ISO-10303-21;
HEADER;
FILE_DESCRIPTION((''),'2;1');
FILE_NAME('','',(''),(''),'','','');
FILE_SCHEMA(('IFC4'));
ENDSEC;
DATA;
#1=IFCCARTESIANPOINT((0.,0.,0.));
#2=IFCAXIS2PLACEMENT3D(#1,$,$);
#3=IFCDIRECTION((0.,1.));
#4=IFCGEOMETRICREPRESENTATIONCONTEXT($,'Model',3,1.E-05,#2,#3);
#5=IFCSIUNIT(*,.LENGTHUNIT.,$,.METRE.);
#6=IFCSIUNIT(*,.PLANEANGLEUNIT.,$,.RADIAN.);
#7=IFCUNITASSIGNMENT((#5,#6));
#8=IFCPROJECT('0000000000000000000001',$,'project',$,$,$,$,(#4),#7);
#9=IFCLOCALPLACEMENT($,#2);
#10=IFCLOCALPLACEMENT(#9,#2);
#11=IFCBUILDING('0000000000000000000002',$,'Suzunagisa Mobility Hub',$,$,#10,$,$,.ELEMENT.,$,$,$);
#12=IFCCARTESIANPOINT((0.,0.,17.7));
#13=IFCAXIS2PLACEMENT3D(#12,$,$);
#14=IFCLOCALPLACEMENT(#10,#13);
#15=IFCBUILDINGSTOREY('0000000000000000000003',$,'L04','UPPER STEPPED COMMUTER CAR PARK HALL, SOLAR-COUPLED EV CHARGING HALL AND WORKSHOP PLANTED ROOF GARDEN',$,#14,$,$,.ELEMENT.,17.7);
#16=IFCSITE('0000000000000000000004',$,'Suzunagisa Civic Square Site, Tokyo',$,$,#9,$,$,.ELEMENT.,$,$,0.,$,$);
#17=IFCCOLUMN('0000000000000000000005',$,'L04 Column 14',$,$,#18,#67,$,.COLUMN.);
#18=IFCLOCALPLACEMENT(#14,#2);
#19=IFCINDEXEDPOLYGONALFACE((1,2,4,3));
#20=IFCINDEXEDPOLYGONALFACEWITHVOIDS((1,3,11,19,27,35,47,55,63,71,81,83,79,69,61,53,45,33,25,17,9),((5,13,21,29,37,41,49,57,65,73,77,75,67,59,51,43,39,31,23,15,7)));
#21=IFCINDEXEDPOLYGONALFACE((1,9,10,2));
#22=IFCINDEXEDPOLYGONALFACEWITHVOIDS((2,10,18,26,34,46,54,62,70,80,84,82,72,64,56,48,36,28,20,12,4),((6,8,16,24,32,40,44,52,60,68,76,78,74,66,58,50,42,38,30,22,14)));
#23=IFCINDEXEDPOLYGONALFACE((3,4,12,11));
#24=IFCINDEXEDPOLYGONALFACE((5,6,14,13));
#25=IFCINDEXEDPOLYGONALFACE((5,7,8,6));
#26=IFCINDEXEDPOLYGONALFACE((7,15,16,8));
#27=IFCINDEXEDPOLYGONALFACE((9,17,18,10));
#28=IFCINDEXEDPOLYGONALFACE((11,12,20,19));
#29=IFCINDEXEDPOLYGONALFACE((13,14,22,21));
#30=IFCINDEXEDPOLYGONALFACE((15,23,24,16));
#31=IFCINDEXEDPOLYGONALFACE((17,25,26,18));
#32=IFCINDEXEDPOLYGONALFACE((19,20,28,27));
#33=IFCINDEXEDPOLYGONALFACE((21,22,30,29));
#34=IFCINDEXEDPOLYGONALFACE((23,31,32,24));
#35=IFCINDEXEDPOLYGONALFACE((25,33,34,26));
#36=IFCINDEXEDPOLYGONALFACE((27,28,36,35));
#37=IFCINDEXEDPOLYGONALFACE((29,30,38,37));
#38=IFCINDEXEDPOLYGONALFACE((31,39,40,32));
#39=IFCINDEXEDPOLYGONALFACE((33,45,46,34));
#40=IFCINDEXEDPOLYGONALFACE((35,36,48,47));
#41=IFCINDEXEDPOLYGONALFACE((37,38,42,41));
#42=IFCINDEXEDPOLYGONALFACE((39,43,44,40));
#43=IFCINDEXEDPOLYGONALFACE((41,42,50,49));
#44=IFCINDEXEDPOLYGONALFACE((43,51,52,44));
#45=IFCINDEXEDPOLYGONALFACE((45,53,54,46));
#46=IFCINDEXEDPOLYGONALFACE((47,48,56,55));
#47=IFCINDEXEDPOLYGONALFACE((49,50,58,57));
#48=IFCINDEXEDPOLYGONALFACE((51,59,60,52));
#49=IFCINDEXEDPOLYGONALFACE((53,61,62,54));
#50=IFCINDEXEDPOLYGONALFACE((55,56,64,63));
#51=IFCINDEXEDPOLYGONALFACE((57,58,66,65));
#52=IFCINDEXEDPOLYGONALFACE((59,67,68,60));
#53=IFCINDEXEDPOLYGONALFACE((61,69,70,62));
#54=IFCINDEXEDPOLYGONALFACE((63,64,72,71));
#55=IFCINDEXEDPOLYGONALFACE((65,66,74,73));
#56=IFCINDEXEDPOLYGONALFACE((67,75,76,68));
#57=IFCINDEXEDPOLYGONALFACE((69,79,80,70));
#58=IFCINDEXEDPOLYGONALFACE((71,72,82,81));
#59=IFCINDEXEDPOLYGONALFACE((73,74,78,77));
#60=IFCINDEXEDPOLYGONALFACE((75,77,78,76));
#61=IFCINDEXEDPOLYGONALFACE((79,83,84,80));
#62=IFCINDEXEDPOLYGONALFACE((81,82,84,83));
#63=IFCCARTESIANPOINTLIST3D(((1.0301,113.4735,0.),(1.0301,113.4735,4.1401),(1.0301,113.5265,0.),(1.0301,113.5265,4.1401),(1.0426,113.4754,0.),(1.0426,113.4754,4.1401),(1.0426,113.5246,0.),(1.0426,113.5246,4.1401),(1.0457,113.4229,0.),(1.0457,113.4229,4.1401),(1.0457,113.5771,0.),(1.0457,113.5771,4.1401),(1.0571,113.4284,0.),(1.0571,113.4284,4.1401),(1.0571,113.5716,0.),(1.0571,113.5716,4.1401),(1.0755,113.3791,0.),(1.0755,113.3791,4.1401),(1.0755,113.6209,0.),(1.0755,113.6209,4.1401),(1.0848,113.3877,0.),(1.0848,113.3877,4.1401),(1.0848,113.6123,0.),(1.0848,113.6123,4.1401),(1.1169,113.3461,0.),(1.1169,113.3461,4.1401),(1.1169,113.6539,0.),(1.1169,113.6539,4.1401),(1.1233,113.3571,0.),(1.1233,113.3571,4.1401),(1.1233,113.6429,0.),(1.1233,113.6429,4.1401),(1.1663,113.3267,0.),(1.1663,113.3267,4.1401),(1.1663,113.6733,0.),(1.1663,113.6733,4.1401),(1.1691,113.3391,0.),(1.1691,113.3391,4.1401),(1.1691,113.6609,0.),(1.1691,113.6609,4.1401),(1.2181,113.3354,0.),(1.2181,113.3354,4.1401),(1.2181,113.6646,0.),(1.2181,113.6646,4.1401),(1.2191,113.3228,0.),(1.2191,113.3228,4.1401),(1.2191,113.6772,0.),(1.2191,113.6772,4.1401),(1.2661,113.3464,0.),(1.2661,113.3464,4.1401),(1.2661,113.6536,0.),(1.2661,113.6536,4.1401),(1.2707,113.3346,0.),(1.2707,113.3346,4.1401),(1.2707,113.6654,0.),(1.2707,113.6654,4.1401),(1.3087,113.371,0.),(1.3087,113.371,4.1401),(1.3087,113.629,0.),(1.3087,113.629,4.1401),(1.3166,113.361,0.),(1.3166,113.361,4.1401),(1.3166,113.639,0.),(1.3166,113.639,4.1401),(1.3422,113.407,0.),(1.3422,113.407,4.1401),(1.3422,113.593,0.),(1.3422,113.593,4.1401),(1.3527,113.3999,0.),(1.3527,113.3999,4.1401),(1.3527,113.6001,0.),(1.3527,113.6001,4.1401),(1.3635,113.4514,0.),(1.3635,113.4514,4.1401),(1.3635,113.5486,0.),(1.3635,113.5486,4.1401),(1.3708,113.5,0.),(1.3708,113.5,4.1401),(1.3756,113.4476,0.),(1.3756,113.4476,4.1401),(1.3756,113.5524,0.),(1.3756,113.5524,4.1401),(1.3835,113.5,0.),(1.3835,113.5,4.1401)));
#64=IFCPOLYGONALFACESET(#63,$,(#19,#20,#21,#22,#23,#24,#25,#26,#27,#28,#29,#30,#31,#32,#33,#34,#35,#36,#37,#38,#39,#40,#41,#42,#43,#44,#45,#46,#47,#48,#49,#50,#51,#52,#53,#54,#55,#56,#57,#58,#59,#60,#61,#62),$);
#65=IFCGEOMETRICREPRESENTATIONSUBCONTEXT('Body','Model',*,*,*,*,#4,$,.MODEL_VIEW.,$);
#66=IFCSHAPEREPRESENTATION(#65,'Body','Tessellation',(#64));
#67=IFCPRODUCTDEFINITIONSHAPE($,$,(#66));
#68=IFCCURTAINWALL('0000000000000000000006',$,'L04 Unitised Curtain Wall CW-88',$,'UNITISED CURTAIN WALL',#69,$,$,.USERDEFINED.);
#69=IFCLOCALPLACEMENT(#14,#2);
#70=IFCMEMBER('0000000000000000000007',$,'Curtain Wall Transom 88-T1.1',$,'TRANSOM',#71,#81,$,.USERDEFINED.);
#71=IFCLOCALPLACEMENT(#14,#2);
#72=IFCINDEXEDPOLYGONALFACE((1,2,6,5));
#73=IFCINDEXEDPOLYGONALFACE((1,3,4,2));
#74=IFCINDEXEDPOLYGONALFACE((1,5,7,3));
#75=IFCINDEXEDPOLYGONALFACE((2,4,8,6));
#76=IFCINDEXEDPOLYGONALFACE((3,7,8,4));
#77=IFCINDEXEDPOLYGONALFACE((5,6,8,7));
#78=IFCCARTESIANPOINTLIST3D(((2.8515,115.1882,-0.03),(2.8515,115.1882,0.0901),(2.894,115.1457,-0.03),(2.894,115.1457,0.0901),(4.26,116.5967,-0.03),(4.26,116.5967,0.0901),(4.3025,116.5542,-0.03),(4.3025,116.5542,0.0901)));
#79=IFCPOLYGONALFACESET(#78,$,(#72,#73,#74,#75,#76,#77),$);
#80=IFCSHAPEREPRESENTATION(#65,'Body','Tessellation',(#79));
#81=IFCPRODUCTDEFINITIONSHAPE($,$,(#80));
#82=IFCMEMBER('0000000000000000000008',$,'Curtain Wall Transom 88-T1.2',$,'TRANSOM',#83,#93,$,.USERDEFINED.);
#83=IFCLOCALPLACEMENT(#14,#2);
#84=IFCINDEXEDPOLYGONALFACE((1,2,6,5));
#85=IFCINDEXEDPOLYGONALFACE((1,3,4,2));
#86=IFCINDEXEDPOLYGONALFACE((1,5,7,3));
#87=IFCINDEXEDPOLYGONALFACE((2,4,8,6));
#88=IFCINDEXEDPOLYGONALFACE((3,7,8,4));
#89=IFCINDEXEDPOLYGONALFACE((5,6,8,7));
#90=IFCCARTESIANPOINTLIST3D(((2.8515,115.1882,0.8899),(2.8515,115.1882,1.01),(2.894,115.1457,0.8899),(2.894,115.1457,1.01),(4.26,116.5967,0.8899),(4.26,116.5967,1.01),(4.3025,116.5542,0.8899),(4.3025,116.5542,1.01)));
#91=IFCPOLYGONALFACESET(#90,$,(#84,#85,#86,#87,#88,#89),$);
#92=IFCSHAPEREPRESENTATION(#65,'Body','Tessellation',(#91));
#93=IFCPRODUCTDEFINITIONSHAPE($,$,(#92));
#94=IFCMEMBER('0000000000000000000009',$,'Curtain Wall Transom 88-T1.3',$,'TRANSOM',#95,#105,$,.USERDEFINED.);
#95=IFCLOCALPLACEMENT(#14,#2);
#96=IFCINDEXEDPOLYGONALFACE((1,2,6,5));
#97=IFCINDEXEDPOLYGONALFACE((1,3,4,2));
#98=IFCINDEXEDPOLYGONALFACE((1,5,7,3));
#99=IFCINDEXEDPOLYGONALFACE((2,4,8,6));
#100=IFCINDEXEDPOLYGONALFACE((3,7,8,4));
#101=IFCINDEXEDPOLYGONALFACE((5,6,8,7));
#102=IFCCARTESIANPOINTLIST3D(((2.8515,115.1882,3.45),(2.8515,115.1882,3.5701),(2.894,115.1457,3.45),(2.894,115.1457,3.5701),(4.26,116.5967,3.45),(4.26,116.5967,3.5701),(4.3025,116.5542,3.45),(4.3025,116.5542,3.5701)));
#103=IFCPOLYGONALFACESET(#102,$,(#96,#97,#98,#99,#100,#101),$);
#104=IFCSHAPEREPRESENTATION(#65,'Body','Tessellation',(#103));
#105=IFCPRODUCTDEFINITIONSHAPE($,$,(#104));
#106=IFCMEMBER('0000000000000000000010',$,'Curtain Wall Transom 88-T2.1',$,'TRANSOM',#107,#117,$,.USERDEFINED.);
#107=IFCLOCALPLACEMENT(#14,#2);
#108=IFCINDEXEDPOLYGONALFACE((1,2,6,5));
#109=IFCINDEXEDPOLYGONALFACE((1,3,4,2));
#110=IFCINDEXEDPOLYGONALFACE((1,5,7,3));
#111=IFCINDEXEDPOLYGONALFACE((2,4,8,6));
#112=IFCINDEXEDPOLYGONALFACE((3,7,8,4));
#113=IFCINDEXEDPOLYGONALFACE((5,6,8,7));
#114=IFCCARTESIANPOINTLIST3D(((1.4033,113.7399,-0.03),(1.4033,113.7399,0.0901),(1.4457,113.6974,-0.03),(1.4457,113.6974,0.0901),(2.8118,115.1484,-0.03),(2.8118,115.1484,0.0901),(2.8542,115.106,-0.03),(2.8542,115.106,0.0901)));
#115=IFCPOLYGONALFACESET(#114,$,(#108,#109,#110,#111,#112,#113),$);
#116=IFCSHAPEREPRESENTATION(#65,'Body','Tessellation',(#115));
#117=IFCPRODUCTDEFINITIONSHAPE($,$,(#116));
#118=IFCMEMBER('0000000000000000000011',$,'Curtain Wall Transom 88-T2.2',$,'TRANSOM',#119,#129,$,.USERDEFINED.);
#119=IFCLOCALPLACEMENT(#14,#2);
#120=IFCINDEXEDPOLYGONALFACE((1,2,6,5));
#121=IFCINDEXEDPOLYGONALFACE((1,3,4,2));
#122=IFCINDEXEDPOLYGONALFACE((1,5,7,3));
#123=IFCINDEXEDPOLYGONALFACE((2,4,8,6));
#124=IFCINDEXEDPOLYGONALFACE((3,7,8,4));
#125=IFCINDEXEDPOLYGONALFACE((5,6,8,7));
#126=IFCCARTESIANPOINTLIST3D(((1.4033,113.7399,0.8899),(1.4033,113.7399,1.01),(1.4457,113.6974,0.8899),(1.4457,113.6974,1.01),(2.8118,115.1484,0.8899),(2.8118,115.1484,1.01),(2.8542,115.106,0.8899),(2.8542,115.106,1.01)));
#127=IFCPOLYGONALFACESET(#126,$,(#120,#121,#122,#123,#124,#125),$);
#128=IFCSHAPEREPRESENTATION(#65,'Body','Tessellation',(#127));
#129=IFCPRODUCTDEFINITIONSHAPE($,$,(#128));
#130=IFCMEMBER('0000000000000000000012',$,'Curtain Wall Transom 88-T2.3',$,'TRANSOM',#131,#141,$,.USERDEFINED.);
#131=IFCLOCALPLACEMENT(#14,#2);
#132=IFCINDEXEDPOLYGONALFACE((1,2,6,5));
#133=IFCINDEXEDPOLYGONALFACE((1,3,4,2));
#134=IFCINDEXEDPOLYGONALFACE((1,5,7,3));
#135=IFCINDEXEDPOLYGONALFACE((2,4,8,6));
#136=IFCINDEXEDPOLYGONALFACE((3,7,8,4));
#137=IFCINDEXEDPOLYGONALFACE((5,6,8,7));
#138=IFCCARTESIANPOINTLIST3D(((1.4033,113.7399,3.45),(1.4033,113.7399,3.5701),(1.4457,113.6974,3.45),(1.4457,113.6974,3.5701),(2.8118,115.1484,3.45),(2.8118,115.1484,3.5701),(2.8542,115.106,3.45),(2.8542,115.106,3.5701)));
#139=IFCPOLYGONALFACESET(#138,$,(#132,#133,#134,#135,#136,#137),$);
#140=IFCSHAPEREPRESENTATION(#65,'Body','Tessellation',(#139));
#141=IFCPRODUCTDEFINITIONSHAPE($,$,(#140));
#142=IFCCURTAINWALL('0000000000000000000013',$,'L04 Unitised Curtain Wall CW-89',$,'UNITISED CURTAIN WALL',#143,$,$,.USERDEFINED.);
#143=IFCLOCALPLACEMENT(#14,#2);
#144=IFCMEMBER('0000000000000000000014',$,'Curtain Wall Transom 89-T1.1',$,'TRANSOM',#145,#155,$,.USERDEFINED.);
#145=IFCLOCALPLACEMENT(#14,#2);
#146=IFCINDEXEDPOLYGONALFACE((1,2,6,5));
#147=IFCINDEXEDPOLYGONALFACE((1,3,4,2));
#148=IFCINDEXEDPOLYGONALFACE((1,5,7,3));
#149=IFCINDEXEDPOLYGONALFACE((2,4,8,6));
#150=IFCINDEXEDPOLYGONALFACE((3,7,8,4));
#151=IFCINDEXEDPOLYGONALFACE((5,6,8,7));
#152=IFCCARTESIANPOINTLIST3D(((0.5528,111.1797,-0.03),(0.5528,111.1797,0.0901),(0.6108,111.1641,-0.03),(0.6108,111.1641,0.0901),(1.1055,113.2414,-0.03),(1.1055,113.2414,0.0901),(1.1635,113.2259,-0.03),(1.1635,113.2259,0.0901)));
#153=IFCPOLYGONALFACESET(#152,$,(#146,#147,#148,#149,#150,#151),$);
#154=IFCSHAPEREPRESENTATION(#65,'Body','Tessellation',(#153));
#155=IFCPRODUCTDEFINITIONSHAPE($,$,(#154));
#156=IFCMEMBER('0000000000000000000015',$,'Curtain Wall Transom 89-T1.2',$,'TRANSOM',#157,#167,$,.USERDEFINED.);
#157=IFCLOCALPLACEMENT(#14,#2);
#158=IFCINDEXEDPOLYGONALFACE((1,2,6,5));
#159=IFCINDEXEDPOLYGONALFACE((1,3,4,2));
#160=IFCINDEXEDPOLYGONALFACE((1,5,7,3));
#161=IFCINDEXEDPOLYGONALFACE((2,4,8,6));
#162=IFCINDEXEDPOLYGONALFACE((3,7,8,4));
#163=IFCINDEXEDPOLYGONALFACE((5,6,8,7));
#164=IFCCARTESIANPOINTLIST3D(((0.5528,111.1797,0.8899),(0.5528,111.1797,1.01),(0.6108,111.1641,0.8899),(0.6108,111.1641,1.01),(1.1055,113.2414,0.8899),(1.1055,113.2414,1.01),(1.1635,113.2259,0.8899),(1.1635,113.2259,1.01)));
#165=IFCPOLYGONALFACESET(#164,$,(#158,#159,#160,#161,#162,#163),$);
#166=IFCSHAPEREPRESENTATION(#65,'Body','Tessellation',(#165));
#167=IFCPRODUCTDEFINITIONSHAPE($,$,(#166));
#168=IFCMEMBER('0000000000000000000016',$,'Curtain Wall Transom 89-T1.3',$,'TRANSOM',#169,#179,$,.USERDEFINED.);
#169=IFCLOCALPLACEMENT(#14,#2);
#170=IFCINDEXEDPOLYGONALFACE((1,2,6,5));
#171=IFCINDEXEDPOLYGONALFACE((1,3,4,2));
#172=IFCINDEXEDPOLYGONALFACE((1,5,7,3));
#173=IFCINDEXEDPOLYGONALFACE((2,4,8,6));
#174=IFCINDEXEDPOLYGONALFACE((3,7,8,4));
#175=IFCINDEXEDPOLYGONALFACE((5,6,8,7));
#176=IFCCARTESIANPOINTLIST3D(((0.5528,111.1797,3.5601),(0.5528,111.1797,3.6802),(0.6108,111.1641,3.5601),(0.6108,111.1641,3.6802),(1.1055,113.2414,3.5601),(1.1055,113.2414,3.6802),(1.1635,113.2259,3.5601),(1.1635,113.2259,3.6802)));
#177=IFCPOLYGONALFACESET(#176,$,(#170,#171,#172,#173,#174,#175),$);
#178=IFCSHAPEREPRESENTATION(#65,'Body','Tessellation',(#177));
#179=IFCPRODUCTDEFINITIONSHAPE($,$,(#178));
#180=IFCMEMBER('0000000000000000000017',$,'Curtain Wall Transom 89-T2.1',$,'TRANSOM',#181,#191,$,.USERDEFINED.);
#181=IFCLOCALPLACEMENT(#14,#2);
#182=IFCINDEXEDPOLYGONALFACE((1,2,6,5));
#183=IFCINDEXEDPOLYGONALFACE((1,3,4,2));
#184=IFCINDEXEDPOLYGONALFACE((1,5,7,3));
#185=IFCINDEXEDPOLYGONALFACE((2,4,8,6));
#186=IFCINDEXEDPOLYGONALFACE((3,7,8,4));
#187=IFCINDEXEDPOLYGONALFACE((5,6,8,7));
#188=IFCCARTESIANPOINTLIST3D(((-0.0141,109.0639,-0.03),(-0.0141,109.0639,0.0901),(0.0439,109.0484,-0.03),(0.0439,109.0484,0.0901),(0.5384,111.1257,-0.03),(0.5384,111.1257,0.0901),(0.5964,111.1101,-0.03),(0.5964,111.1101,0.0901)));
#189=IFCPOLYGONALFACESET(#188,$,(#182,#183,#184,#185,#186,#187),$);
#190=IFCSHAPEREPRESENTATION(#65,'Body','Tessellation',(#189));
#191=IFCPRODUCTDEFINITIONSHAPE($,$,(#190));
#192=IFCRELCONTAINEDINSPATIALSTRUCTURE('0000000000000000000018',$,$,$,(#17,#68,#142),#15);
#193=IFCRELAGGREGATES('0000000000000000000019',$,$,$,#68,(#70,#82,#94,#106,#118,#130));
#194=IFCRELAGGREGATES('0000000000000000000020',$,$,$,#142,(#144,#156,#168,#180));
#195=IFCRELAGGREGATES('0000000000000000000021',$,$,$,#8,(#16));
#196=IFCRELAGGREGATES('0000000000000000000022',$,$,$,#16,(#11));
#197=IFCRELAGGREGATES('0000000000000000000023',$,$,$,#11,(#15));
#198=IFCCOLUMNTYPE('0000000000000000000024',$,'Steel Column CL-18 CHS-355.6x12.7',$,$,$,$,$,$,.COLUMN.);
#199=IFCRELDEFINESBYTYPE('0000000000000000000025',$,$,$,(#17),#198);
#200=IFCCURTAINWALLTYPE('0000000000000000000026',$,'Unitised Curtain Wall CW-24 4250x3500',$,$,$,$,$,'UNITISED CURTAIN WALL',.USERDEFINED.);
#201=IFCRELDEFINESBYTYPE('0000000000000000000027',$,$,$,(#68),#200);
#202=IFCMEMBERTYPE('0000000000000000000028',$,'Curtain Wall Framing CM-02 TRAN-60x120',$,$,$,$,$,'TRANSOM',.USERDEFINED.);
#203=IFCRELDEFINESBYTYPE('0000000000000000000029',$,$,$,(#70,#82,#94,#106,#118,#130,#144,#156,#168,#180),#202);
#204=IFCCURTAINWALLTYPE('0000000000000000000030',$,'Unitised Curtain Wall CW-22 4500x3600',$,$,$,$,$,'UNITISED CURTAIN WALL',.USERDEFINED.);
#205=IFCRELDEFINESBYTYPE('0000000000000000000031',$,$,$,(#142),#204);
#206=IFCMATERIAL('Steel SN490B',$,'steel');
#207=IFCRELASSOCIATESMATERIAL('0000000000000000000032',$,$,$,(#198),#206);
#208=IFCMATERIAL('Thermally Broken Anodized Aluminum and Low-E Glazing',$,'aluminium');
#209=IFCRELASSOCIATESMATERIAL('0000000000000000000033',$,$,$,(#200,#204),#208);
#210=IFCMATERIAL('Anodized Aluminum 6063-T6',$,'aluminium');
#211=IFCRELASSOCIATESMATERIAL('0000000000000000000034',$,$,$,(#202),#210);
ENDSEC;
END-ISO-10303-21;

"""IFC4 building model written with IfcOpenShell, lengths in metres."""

from ifc_helpers import new_model, si_unit, direction, frame, origin, origin_2d, place, context, subcontext, project, spatial, rectangle, hollow_circle, extrude, material, material_profile, profile_set, type_object, element, aggregate, save


model = new_model("IFC4")

# Units and contexts
model_context = context("Model", 3, precision=1e-05, world=origin(), true_north=direction((0.0, 1.0)))
body_context = subcontext(model_context, "Body", "Model", "MODEL_VIEW")
ifc_project = project(units=[si_unit("LENGTHUNIT", "METRE"), si_unit("PLANEANGLEUNIT", "RADIAN")], contexts=[model_context])

# Site, building, storey
site_placement = place(None, origin())
site = spatial("IfcSite", under=ifc_project, at=site_placement, Name="Suzunagisa Civic Square Site, Tokyo", CompositionType="ELEMENT", RefElevation=0.0)
building_placement = place(site_placement, origin())
building = spatial("IfcBuilding", under=site, at=building_placement, Name="Suzunagisa Mobility Hub", CompositionType="ELEMENT")
storey_placement = place(building_placement, frame((0.0, 0.0, 17.7)))
storey = spatial("IfcBuildingStorey", under=building, at=storey_placement, Name="L04", Description="UPPER STEPPED COMMUTER CAR PARK HALL, SOLAR-COUPLED EV CHARGING HALL AND WORKSHOP PLANTED ROOF GARDEN", CompositionType="ELEMENT", Elevation=17.7)

# Column
ifc_material_1 = material(Name="Steel SN490B", Category="steel")
ifc_material_profile_1 = material_profile(ifc_material_1, hollow_circle(Radius=0.1777, WallThickness=0.0127, at=origin_2d()), Name="CHS-355.6x12.7")
ifc_profile_set_1 = profile_set([ifc_material_profile_1], Name="Steel SN490B")
column_type = type_object("IfcColumnType", Name="Steel Column CL-18 CHS-355.6x12.7", PredefinedType="COLUMN", material=ifc_profile_set_1)
column_placement = place(storey_placement, frame((1.2058, 113.5, 0.0), z_axis=(0.0, 0.0, 1.0), x_axis=(1.0, 0.0, 0.0)))
element("IfcColumn", 1, at=column_placement, inside=storey, type_object=column_type, Name="L04 Column 14", PredefinedType="COLUMN", context=body_context, shape_type="SweptSolid", body=[
    extrude(hollow_circle(Radius=0.1777, WallThickness=0.0127, at=origin_2d()), origin(), (0.0, 0.0, 1.0), 4.1401),
])

# Curtain walls, members
ifc_material_2 = material(Name="Thermally Broken Anodized Aluminum and Low-E Glazing", Category="aluminium")
curtain_wall_type_1 = type_object("IfcCurtainWallType", Name="Unitised Curtain Wall CW-24 4250x3500", ElementType="UNITISED CURTAIN WALL", PredefinedType="USERDEFINED", material=ifc_material_2)
curtain_wall_1_placement = place(storey_placement, origin())
curtain_wall_1 = element("IfcCurtainWall", 2, at=curtain_wall_1_placement, inside=storey, type_object=curtain_wall_type_1, Name="L04 Unitised Curtain Wall CW-88", ObjectType="UNITISED CURTAIN WALL", PredefinedType="USERDEFINED")
ifc_material_3 = material(Name="Anodized Aluminum 6063-T6", Category="aluminium")
ifc_material_profile_2 = material_profile(ifc_material_3, rectangle(XDim=0.0601, YDim=0.1201, at=origin_2d()), Name="TRAN-60x120")
ifc_profile_set_2 = profile_set([ifc_material_profile_2], Name="Anodized Aluminum 6063-T6")
member_type_1 = type_object("IfcMemberType", Name="Curtain Wall Framing CM-02 TRAN-60x120", ElementType="TRANSOM", PredefinedType="USERDEFINED", material=ifc_profile_set_2)
member_1_placement = place(storey_placement, frame((4.2812, 116.5754, 0.03), z_axis=(-0.707107, -0.707107, 0.0), x_axis=(0.707107, -0.707107, 0.0)))
member_1 = element("IfcMember", 3, at=member_1_placement, type_object=member_type_1, Name="Curtain Wall Transom 88-T1.1", ObjectType="TRANSOM", PredefinedType="USERDEFINED", context=body_context, shape_type="SweptSolid", body=[
    extrude(rectangle(XDim=0.0601, YDim=0.1201, at=origin_2d()), origin(), (0.0, 0.0, 1.0), 1.9919),
])
member_2_placement = place(storey_placement, frame((4.2812, 116.5754, 0.95), z_axis=(-0.707107, -0.707107, 0.0), x_axis=(0.707107, -0.707107, 0.0)))
member_2 = element("IfcMember", 4, at=member_2_placement, type_object=member_type_1, Name="Curtain Wall Transom 88-T1.2", ObjectType="TRANSOM", PredefinedType="USERDEFINED", context=body_context, shape_type="SweptSolid", body=[
    extrude(rectangle(XDim=0.0601, YDim=0.1201, at=origin_2d()), origin(), (0.0, 0.0, 1.0), 1.9919),
])
member_3_placement = place(storey_placement, frame((4.2812, 116.5754, 3.51), z_axis=(-0.707107, -0.707107, 0.0), x_axis=(0.707107, -0.707107, 0.0)))
member_3 = element("IfcMember", 5, at=member_3_placement, type_object=member_type_1, Name="Curtain Wall Transom 88-T1.3", ObjectType="TRANSOM", PredefinedType="USERDEFINED", context=body_context, shape_type="SweptSolid", body=[
    extrude(rectangle(XDim=0.0601, YDim=0.1201, at=origin_2d()), origin(), (0.0, 0.0, 1.0), 1.9919),
])
member_4_placement = place(storey_placement, frame((2.833, 115.1272, 0.03), z_axis=(-0.707107, -0.707107, 0.0), x_axis=(0.707107, -0.707107, 0.0)))
member_4 = element("IfcMember", 6, at=member_4_placement, type_object=member_type_1, Name="Curtain Wall Transom 88-T2.1", ObjectType="TRANSOM", PredefinedType="USERDEFINED", context=body_context, shape_type="SweptSolid", body=[
    extrude(rectangle(XDim=0.0601, YDim=0.1201, at=origin_2d()), origin(), (0.0, 0.0, 1.0), 1.9919),
])
member_5_placement = place(storey_placement, frame((2.833, 115.1272, 0.95), z_axis=(-0.707107, -0.707107, 0.0), x_axis=(0.707107, -0.707107, 0.0)))
member_5 = element("IfcMember", 7, at=member_5_placement, type_object=member_type_1, Name="Curtain Wall Transom 88-T2.2", ObjectType="TRANSOM", PredefinedType="USERDEFINED", context=body_context, shape_type="SweptSolid", body=[
    extrude(rectangle(XDim=0.0601, YDim=0.1201, at=origin_2d()), origin(), (0.0, 0.0, 1.0), 1.9919),
])
member_6_placement = place(storey_placement, frame((2.833, 115.1272, 3.51), z_axis=(-0.707107, -0.707107, 0.0), x_axis=(0.707107, -0.707107, 0.0)))
member_6 = element("IfcMember", 8, at=member_6_placement, type_object=member_type_1, Name="Curtain Wall Transom 88-T2.3", ObjectType="TRANSOM", PredefinedType="USERDEFINED", context=body_context, shape_type="SweptSolid", body=[
    extrude(rectangle(XDim=0.0601, YDim=0.1201, at=origin_2d()), origin(), (0.0, 0.0, 1.0), 1.9919),
])
curtain_wall_type_2 = type_object("IfcCurtainWallType", Name="Unitised Curtain Wall CW-22 4500x3600", ElementType="UNITISED CURTAIN WALL", PredefinedType="USERDEFINED", material=ifc_material_2)
curtain_wall_2_placement = place(storey_placement, origin())
curtain_wall_2 = element("IfcCurtainWall", 9, at=curtain_wall_2_placement, inside=storey, type_object=curtain_wall_type_2, Name="L04 Unitised Curtain Wall CW-89", ObjectType="UNITISED CURTAIN WALL", PredefinedType="USERDEFINED")
member_7_placement = place(storey_placement, frame((1.1345, 113.2336, 0.03), z_axis=(-0.258944, -0.965892, 0.0), x_axis=(0.965892, -0.258944, 0.0)))
member_7 = element("IfcMember", 10, at=member_7_placement, type_object=member_type_1, Name="Curtain Wall Transom 89-T1.1", ObjectType="TRANSOM", PredefinedType="USERDEFINED", context=body_context, shape_type="SweptSolid", body=[
    extrude(rectangle(XDim=0.0601, YDim=0.1201, at=origin_2d()), origin(), (0.0, 0.0, 1.0), 2.1345),
])
member_8_placement = place(storey_placement, frame((1.1345, 113.2336, 0.95), z_axis=(-0.258944, -0.965892, 0.0), x_axis=(0.965892, -0.258944, 0.0)))
member_8 = element("IfcMember", 11, at=member_8_placement, type_object=member_type_1, Name="Curtain Wall Transom 89-T1.2", ObjectType="TRANSOM", PredefinedType="USERDEFINED", context=body_context, shape_type="SweptSolid", body=[
    extrude(rectangle(XDim=0.0601, YDim=0.1201, at=origin_2d()), origin(), (0.0, 0.0, 1.0), 2.1345),
])
member_9_placement = place(storey_placement, frame((1.1345, 113.2336, 3.6201), z_axis=(-0.258944, -0.965892, 0.0), x_axis=(0.965892, -0.258944, 0.0)))
member_9 = element("IfcMember", 12, at=member_9_placement, type_object=member_type_1, Name="Curtain Wall Transom 89-T1.3", ObjectType="TRANSOM", PredefinedType="USERDEFINED", context=body_context, shape_type="SweptSolid", body=[
    extrude(rectangle(XDim=0.0601, YDim=0.1201, at=origin_2d()), origin(), (0.0, 0.0, 1.0), 2.1345),
])
member_10_placement = place(storey_placement, frame((0.5674, 111.1179, 0.03), z_axis=(-0.258837, -0.965921, 0.0), x_axis=(0.965921, -0.258837, 0.0)))
member_10 = element("IfcMember", 13, at=member_10_placement, type_object=member_type_1, Name="Curtain Wall Transom 89-T2.1", ObjectType="TRANSOM", PredefinedType="USERDEFINED", context=body_context, shape_type="SweptSolid", body=[
    extrude(rectangle(XDim=0.0601, YDim=0.1201, at=origin_2d()), origin(), (0.0, 0.0, 1.0), 2.1345),
])

aggregate(curtain_wall_1, [member_1, member_2, member_3, member_4, member_5, member_6])
aggregate(curtain_wall_2, [member_7, member_8, member_9, member_10])

save(model, "model.ifc")
